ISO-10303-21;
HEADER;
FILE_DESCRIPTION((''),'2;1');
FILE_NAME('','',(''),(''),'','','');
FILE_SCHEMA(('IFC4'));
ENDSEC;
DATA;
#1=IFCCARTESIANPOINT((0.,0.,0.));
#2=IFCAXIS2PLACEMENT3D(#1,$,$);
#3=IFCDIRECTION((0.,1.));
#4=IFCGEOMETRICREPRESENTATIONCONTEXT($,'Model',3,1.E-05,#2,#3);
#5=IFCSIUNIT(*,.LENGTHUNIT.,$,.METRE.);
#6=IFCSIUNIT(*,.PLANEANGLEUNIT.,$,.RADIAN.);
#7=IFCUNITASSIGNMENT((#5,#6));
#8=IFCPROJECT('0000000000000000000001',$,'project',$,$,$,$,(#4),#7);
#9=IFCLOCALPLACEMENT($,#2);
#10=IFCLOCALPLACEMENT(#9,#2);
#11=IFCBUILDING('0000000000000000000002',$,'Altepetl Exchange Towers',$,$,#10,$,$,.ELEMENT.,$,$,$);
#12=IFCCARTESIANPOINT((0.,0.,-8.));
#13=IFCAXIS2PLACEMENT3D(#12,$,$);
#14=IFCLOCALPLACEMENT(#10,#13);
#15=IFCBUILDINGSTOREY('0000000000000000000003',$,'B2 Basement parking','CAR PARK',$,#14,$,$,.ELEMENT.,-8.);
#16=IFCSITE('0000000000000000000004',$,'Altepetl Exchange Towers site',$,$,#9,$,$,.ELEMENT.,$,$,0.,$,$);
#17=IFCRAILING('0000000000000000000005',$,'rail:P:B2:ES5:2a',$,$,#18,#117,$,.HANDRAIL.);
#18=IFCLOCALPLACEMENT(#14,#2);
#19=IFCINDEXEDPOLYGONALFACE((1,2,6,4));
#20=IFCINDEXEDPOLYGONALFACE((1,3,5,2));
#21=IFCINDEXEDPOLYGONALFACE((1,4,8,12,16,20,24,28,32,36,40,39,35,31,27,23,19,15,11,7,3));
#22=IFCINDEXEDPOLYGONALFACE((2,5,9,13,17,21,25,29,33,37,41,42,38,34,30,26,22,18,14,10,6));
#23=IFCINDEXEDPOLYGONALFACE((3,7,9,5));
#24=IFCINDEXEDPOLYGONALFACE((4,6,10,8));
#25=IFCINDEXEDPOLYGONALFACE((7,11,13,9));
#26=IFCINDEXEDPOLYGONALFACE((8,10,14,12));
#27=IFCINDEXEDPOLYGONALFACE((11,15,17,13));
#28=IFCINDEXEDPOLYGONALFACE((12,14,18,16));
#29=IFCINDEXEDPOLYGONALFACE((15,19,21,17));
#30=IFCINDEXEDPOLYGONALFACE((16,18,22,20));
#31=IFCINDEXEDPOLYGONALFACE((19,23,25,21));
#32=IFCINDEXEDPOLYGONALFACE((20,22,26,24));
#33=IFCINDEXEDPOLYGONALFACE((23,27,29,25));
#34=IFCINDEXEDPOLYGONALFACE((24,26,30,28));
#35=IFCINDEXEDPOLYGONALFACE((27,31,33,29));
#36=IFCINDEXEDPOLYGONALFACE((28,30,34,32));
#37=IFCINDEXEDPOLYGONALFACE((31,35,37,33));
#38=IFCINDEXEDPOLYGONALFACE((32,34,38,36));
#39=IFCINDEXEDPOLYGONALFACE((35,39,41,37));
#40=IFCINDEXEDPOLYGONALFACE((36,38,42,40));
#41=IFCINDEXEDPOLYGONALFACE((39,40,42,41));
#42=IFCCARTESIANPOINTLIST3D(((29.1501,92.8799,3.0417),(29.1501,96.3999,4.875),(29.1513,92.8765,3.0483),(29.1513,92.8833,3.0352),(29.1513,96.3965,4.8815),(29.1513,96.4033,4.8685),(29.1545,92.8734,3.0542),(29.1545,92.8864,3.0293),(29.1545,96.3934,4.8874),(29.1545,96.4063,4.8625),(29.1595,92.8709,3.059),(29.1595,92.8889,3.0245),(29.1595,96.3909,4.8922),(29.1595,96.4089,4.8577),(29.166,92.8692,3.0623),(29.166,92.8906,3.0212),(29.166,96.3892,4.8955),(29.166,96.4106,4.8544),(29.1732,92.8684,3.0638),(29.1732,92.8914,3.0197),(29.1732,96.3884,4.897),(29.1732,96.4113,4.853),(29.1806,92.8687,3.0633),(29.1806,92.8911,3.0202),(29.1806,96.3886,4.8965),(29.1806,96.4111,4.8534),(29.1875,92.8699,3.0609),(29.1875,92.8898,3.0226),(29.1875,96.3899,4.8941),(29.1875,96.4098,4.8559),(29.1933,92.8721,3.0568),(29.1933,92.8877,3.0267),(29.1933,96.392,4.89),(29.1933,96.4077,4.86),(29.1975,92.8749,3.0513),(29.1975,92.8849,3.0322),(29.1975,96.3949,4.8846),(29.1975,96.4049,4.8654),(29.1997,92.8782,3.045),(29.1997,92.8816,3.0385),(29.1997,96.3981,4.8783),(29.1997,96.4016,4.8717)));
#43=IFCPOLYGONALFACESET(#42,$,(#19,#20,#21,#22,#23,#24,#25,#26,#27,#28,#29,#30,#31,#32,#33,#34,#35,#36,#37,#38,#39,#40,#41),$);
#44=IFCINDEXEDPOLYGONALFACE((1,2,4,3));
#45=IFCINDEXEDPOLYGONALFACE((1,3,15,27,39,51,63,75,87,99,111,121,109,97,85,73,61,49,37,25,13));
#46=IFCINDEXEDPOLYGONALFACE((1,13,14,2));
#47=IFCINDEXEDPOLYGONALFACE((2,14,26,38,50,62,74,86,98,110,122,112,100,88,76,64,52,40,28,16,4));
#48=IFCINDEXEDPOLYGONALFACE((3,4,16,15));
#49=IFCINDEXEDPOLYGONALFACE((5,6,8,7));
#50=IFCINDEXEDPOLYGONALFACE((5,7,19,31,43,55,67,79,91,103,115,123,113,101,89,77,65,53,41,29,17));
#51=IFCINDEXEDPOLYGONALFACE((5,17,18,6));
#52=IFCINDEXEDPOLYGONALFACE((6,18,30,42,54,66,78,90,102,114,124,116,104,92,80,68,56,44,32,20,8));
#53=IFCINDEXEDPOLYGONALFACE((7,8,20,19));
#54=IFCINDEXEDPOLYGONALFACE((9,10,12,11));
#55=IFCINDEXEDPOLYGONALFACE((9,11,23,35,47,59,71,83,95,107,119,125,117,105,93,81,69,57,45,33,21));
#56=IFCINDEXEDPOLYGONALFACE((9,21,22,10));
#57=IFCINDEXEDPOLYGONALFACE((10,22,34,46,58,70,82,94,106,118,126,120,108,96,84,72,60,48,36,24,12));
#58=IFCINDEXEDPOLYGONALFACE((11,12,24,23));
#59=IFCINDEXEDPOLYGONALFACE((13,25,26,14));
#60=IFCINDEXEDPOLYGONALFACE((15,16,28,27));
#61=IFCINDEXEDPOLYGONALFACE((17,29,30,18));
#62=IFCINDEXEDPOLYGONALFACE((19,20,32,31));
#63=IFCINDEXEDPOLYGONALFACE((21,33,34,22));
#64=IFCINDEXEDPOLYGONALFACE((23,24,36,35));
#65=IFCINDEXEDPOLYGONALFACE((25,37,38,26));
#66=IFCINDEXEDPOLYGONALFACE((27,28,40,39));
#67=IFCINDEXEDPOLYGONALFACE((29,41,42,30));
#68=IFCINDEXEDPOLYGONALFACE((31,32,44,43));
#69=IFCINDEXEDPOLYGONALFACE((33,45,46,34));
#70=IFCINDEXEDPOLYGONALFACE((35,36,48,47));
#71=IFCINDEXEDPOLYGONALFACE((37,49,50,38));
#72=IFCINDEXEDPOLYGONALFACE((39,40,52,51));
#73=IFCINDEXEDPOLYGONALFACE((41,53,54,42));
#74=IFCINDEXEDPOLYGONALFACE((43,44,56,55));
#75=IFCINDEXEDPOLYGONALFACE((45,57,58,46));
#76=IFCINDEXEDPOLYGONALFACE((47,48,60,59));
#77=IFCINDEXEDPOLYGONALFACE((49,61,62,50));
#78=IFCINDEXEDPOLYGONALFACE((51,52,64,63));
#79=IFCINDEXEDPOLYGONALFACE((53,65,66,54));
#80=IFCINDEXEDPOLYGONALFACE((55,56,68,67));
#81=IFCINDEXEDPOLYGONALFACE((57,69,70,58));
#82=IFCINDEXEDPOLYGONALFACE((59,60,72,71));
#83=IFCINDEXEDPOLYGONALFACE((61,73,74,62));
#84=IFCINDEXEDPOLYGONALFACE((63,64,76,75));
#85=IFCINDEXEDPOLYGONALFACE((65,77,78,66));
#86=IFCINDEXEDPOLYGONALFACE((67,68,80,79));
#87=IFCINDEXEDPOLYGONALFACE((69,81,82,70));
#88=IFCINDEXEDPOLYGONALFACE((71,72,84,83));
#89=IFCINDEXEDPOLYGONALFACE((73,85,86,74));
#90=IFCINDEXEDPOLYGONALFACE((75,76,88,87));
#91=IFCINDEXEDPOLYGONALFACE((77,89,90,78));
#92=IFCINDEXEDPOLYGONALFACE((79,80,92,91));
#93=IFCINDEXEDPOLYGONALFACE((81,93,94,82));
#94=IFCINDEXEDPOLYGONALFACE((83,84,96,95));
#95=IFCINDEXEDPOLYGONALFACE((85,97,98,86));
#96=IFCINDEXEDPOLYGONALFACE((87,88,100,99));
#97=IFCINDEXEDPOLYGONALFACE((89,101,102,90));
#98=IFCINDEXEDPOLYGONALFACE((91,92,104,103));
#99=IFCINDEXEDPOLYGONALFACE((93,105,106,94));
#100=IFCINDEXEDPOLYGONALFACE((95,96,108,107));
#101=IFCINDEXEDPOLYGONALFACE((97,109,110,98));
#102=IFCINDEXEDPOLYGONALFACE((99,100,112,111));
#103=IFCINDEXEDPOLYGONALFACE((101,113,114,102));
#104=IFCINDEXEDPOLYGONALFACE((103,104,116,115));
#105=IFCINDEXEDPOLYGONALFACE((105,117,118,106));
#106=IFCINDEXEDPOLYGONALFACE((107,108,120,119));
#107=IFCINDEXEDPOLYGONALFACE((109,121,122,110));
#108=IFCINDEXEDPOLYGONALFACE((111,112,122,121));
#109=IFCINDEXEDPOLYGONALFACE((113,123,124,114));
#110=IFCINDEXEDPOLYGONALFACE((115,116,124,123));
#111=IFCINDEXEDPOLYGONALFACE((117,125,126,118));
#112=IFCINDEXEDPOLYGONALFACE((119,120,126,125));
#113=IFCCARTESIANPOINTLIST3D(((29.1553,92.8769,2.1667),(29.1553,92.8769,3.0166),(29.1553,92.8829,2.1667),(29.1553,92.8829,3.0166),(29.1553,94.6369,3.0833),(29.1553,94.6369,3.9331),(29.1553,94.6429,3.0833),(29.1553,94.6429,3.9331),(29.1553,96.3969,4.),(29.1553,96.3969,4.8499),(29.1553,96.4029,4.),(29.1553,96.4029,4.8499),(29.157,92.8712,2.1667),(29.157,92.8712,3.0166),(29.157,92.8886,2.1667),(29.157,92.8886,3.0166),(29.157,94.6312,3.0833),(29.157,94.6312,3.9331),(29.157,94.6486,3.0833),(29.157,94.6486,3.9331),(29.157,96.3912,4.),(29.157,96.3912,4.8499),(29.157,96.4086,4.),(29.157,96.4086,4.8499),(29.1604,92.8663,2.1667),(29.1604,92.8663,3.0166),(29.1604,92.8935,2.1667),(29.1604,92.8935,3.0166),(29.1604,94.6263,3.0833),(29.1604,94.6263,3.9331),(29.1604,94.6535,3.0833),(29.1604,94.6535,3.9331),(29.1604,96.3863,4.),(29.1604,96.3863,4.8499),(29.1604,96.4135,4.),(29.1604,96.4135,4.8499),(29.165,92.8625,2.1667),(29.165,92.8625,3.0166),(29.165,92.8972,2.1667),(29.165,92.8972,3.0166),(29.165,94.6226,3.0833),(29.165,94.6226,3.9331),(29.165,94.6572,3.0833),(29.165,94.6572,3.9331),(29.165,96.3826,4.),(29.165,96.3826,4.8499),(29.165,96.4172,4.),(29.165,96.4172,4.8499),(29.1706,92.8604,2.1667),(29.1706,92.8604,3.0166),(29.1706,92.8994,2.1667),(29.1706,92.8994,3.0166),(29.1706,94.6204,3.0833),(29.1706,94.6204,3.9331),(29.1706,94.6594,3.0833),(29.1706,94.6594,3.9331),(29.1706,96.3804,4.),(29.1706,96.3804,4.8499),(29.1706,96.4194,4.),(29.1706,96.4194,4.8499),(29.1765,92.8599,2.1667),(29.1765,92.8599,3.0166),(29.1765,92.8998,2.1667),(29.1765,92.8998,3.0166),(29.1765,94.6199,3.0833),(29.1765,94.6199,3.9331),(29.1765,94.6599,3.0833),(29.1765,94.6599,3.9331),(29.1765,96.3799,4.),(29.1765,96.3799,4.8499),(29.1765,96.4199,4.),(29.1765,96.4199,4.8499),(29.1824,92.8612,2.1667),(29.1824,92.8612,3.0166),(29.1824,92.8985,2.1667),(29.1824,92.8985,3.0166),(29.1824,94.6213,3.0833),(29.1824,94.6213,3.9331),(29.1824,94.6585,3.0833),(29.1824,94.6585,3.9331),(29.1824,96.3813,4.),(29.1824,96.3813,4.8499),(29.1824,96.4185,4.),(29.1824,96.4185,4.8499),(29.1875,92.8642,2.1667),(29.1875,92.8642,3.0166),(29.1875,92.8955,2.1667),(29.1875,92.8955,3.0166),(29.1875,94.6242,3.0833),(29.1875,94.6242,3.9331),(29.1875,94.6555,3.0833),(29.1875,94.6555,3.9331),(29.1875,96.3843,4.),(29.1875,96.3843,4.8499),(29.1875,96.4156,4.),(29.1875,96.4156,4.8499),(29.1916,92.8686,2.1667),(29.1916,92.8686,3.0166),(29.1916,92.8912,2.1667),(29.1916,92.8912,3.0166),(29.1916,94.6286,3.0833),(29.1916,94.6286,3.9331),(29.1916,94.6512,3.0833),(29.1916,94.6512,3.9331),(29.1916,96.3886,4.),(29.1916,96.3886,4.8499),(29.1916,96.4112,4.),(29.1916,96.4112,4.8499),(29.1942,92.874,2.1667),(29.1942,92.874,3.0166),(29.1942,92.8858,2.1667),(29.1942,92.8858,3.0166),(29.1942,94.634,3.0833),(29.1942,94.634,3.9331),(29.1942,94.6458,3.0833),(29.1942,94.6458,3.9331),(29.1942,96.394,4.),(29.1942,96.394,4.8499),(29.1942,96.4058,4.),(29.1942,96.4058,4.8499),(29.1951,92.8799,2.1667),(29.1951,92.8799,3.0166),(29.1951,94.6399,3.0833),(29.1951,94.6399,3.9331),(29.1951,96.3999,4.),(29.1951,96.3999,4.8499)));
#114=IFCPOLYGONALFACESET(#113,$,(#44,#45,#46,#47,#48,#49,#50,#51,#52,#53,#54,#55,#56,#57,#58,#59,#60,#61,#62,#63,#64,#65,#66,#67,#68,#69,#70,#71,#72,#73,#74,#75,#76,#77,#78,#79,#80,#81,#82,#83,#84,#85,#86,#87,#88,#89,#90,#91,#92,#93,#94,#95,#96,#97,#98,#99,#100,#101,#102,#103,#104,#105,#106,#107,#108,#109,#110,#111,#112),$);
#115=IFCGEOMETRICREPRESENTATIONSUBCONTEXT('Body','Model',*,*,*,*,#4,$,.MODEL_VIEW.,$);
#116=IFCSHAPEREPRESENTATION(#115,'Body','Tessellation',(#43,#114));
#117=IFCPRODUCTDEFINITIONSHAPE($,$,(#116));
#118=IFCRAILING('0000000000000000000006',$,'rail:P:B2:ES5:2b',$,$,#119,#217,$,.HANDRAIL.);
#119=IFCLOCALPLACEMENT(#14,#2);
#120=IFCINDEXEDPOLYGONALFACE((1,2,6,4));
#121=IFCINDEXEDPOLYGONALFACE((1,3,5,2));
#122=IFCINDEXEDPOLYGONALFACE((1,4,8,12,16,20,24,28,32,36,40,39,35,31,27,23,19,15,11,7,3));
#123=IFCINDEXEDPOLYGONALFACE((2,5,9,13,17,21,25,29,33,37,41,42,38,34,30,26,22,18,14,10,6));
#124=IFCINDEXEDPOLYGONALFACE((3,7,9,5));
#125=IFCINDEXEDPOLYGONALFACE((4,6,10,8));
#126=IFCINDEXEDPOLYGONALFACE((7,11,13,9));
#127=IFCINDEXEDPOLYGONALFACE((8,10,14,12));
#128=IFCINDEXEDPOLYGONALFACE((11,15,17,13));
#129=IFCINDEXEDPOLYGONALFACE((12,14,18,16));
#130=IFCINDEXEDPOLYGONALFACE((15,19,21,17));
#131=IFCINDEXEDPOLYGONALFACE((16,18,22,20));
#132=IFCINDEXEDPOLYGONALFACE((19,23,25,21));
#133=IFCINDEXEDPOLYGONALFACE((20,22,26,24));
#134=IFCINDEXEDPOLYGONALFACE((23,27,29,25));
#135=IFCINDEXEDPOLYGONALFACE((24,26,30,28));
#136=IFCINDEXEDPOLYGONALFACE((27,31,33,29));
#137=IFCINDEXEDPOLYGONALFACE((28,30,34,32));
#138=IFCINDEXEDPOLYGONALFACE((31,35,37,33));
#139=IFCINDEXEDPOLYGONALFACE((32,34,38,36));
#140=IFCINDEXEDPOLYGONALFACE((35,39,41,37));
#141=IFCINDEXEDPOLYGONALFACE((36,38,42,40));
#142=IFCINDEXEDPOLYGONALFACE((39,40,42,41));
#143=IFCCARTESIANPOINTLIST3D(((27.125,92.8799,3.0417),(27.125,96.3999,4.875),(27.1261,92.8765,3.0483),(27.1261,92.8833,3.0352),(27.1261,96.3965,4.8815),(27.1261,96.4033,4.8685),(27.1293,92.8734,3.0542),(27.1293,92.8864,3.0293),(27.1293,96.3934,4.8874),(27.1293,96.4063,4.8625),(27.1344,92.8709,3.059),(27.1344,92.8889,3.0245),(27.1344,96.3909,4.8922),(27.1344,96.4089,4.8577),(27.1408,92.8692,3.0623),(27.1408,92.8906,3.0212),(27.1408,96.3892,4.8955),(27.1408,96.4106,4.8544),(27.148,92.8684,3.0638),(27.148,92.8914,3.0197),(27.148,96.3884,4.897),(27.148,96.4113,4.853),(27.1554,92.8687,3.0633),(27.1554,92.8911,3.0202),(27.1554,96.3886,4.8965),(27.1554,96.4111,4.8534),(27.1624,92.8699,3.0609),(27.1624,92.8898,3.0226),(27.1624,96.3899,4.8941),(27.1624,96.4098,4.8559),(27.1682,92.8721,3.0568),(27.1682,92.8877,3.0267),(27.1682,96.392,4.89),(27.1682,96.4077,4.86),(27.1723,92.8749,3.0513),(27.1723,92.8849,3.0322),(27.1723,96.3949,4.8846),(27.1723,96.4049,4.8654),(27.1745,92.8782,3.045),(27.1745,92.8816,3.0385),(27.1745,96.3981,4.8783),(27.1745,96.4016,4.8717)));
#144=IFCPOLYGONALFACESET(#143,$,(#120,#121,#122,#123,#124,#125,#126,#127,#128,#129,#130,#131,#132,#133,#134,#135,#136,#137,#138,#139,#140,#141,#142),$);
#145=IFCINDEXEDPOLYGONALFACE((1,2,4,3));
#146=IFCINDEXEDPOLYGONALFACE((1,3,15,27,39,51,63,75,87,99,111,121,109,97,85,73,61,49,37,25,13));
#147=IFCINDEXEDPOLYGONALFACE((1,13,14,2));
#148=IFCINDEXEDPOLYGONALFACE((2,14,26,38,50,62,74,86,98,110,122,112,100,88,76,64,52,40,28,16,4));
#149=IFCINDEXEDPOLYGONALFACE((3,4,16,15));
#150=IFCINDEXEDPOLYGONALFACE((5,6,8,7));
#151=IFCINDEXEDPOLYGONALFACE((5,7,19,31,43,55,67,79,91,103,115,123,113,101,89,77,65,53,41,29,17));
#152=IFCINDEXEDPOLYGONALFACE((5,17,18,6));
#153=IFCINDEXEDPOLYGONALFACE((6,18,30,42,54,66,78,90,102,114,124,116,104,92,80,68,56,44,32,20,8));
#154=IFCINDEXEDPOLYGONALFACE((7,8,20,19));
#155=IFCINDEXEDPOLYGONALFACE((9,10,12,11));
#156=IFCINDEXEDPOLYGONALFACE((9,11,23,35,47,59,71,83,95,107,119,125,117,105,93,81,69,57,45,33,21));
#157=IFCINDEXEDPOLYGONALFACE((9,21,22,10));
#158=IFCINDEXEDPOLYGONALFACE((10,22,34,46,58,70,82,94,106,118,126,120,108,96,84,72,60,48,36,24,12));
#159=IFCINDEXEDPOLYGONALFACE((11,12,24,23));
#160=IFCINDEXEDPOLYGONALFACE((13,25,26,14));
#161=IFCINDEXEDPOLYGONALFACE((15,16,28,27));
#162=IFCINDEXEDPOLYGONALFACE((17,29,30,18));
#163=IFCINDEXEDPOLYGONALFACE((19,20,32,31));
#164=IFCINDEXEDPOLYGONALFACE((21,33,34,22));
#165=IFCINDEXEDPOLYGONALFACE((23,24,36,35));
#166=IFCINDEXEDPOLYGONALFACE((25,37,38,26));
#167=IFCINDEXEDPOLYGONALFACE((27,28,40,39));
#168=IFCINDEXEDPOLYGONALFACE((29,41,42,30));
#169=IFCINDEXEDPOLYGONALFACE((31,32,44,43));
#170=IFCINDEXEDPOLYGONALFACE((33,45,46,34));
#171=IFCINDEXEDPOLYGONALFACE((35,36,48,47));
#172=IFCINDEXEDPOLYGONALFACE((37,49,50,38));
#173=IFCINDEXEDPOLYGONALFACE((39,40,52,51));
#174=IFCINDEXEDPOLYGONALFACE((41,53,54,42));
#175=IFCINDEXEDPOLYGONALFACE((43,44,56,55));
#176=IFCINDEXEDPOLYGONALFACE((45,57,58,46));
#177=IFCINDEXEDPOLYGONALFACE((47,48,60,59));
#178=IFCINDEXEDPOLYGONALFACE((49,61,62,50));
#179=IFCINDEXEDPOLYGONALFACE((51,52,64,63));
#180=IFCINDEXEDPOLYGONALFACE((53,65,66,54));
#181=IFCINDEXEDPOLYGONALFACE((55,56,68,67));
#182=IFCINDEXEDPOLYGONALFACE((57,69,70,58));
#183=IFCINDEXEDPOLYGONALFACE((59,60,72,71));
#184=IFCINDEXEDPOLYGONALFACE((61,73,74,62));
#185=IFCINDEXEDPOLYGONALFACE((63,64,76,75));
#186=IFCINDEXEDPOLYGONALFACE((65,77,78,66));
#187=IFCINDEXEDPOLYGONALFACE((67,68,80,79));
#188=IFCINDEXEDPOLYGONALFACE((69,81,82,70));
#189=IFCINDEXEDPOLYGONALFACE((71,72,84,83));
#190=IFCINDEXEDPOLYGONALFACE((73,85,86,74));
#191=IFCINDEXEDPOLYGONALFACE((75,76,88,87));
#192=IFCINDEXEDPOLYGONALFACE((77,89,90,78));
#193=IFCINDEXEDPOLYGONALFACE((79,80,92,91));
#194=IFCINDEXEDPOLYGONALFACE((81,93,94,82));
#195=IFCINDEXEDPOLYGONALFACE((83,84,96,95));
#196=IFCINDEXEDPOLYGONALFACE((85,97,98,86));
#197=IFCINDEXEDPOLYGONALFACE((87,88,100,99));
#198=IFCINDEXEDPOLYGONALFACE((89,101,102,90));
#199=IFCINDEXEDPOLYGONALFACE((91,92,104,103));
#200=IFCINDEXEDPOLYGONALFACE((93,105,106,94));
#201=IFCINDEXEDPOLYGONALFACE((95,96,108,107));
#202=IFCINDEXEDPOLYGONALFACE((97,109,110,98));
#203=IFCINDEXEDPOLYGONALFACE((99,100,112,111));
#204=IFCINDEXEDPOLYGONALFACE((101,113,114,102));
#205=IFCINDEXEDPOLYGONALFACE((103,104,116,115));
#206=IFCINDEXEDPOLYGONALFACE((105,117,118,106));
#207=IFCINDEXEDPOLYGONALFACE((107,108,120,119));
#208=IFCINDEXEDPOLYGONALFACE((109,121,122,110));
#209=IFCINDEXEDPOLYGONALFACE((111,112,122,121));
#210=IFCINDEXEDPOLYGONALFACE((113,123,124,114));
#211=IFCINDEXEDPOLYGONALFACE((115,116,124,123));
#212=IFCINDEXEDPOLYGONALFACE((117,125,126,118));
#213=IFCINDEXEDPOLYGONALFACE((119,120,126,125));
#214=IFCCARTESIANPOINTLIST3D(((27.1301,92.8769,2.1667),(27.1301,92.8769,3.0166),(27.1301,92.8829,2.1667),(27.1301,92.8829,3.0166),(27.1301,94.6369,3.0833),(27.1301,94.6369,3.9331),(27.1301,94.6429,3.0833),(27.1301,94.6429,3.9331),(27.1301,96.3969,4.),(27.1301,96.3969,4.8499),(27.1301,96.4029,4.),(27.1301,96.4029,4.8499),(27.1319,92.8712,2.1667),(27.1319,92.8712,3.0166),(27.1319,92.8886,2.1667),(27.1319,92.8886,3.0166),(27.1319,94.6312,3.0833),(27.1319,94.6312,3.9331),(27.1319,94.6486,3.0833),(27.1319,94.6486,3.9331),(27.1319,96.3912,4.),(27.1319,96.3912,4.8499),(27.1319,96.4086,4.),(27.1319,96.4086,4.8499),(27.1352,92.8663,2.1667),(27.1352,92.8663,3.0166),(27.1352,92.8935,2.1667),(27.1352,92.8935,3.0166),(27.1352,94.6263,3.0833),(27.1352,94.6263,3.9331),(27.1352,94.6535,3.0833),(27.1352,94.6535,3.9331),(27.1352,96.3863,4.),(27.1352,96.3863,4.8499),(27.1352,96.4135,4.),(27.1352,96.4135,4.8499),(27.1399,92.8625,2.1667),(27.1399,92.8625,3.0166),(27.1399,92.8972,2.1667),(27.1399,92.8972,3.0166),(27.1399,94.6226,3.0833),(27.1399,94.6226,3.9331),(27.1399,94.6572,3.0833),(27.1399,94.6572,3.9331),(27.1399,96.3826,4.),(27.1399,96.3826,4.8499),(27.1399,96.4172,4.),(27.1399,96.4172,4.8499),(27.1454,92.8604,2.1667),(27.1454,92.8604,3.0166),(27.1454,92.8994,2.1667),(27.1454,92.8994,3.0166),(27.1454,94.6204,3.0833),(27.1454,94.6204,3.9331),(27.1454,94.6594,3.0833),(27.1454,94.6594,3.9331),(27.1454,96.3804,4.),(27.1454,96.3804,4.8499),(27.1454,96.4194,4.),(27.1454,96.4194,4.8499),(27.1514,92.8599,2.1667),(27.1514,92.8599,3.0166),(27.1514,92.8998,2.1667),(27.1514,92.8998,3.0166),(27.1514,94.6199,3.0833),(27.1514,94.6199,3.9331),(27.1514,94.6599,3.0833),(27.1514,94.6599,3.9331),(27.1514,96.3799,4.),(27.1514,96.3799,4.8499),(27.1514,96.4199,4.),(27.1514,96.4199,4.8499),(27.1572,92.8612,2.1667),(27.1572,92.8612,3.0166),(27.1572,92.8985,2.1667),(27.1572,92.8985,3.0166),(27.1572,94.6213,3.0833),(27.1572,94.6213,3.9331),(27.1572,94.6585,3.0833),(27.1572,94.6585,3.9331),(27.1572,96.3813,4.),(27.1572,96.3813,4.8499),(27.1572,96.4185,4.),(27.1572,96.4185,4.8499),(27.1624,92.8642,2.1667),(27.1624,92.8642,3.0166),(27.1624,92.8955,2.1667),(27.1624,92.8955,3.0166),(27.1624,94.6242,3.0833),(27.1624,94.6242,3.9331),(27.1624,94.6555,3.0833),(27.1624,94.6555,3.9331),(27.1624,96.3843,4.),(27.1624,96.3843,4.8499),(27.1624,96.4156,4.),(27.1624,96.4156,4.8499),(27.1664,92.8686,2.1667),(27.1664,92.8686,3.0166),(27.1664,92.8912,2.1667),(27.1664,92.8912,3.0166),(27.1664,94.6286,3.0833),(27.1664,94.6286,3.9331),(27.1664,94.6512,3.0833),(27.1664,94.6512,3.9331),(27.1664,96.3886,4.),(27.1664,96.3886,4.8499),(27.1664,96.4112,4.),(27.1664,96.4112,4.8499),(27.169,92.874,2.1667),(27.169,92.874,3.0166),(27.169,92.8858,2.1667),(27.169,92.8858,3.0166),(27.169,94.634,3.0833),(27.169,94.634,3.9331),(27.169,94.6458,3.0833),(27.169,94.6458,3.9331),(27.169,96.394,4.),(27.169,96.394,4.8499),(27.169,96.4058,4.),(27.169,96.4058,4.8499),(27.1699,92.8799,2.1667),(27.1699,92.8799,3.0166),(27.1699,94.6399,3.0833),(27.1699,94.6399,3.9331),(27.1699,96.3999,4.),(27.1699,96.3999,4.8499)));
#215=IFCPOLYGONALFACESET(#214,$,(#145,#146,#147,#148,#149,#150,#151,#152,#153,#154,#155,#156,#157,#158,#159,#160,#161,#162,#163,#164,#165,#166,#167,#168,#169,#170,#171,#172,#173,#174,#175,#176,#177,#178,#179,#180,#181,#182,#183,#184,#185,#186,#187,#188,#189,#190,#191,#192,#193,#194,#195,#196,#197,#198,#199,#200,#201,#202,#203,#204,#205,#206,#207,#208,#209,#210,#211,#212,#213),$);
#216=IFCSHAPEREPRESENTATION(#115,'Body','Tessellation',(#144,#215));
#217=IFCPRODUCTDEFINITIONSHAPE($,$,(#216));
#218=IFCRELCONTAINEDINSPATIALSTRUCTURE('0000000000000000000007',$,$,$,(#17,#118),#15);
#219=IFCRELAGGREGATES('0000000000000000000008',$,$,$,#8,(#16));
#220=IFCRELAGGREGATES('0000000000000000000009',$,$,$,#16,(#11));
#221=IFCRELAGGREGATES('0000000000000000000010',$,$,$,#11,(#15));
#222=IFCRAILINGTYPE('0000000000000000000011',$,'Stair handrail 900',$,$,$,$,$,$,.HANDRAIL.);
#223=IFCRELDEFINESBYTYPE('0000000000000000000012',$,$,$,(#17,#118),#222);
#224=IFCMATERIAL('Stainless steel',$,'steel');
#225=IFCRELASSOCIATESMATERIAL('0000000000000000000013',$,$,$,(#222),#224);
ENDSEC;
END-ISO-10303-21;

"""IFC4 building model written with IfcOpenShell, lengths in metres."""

from ifc_helpers import new_model, si_unit, direction, frame, origin, origin_2d, place, context, subcontext, project, spatial, circle, extrude, source, transform, mapped, material, type_object, element, save


model = new_model("IFC4")

# Units and contexts
model_context = context("Model", 3, precision=1e-05, world=origin(), true_north=direction((0.0, 1.0)))
body_context = subcontext(model_context, "Body", "Model", "MODEL_VIEW")
ifc_project = project(units=[si_unit("LENGTHUNIT", "METRE"), si_unit("PLANEANGLEUNIT", "RADIAN")], contexts=[model_context])

# Site, building, storey
site_placement = place(None, origin())
site = spatial("IfcSite", under=ifc_project, at=site_placement, Name="Altepetl Exchange Towers site", CompositionType="ELEMENT", RefElevation=0.0)
building_placement = place(site_placement, origin())
building = spatial("IfcBuilding", under=site, at=building_placement, Name="Altepetl Exchange Towers", CompositionType="ELEMENT")
storey_placement = place(building_placement, frame((0.0, 0.0, -8.0)))
storey = spatial("IfcBuildingStorey", under=building, at=storey_placement, Name="B2 Basement parking", Description="CAR PARK", CompositionType="ELEMENT", Elevation=-8.0)

# Railings
ifc_material_1 = material(Name="Stainless steel", Category="steel")
railing_type_1 = type_object("IfcRailingType", Name="Stair handrail 900", PredefinedType="HANDRAIL", material=ifc_material_1)
shared_shape_1 = source(origin(), body_context, "Body", "SweptSolid", [
    extrude(circle(Radius=0.02, at=origin_2d()), origin(), (0.0, 0.0, 1.0), 0.8499),
])
for number, where, name in (
    (1, (29.175, 92.8799, 2.1667), "rail:P:B2:ES5:2a"),
    (2, (27.1499, 92.8799, 2.1667), "rail:P:B2:ES5:2b"),
):
    element("IfcRailing", number, at=place(storey_placement, frame(where)), inside=storey, type_object=railing_type_1, Name=name, PredefinedType="HANDRAIL", context=body_context, shape_type="SweptSolid", body=[
        extrude(circle(Radius=0.0249, at=origin_2d()), frame((0.0, 0.0, 0.875), z_axis=(0.0, 0.886924, 0.461916), x_axis=(-1.0, 0.0, 0.0)), (0.0, 0.0, 1.0), 3.9688),
        mapped(shared_shape_1, transform((0.0, 0.0, 0.0))),
        mapped(shared_shape_1, transform((0.0, 1.76, 0.9165))),
        mapped(shared_shape_1, transform((0.0, 3.52, 1.8333))),
    ])

save(model, "model.ifc")
